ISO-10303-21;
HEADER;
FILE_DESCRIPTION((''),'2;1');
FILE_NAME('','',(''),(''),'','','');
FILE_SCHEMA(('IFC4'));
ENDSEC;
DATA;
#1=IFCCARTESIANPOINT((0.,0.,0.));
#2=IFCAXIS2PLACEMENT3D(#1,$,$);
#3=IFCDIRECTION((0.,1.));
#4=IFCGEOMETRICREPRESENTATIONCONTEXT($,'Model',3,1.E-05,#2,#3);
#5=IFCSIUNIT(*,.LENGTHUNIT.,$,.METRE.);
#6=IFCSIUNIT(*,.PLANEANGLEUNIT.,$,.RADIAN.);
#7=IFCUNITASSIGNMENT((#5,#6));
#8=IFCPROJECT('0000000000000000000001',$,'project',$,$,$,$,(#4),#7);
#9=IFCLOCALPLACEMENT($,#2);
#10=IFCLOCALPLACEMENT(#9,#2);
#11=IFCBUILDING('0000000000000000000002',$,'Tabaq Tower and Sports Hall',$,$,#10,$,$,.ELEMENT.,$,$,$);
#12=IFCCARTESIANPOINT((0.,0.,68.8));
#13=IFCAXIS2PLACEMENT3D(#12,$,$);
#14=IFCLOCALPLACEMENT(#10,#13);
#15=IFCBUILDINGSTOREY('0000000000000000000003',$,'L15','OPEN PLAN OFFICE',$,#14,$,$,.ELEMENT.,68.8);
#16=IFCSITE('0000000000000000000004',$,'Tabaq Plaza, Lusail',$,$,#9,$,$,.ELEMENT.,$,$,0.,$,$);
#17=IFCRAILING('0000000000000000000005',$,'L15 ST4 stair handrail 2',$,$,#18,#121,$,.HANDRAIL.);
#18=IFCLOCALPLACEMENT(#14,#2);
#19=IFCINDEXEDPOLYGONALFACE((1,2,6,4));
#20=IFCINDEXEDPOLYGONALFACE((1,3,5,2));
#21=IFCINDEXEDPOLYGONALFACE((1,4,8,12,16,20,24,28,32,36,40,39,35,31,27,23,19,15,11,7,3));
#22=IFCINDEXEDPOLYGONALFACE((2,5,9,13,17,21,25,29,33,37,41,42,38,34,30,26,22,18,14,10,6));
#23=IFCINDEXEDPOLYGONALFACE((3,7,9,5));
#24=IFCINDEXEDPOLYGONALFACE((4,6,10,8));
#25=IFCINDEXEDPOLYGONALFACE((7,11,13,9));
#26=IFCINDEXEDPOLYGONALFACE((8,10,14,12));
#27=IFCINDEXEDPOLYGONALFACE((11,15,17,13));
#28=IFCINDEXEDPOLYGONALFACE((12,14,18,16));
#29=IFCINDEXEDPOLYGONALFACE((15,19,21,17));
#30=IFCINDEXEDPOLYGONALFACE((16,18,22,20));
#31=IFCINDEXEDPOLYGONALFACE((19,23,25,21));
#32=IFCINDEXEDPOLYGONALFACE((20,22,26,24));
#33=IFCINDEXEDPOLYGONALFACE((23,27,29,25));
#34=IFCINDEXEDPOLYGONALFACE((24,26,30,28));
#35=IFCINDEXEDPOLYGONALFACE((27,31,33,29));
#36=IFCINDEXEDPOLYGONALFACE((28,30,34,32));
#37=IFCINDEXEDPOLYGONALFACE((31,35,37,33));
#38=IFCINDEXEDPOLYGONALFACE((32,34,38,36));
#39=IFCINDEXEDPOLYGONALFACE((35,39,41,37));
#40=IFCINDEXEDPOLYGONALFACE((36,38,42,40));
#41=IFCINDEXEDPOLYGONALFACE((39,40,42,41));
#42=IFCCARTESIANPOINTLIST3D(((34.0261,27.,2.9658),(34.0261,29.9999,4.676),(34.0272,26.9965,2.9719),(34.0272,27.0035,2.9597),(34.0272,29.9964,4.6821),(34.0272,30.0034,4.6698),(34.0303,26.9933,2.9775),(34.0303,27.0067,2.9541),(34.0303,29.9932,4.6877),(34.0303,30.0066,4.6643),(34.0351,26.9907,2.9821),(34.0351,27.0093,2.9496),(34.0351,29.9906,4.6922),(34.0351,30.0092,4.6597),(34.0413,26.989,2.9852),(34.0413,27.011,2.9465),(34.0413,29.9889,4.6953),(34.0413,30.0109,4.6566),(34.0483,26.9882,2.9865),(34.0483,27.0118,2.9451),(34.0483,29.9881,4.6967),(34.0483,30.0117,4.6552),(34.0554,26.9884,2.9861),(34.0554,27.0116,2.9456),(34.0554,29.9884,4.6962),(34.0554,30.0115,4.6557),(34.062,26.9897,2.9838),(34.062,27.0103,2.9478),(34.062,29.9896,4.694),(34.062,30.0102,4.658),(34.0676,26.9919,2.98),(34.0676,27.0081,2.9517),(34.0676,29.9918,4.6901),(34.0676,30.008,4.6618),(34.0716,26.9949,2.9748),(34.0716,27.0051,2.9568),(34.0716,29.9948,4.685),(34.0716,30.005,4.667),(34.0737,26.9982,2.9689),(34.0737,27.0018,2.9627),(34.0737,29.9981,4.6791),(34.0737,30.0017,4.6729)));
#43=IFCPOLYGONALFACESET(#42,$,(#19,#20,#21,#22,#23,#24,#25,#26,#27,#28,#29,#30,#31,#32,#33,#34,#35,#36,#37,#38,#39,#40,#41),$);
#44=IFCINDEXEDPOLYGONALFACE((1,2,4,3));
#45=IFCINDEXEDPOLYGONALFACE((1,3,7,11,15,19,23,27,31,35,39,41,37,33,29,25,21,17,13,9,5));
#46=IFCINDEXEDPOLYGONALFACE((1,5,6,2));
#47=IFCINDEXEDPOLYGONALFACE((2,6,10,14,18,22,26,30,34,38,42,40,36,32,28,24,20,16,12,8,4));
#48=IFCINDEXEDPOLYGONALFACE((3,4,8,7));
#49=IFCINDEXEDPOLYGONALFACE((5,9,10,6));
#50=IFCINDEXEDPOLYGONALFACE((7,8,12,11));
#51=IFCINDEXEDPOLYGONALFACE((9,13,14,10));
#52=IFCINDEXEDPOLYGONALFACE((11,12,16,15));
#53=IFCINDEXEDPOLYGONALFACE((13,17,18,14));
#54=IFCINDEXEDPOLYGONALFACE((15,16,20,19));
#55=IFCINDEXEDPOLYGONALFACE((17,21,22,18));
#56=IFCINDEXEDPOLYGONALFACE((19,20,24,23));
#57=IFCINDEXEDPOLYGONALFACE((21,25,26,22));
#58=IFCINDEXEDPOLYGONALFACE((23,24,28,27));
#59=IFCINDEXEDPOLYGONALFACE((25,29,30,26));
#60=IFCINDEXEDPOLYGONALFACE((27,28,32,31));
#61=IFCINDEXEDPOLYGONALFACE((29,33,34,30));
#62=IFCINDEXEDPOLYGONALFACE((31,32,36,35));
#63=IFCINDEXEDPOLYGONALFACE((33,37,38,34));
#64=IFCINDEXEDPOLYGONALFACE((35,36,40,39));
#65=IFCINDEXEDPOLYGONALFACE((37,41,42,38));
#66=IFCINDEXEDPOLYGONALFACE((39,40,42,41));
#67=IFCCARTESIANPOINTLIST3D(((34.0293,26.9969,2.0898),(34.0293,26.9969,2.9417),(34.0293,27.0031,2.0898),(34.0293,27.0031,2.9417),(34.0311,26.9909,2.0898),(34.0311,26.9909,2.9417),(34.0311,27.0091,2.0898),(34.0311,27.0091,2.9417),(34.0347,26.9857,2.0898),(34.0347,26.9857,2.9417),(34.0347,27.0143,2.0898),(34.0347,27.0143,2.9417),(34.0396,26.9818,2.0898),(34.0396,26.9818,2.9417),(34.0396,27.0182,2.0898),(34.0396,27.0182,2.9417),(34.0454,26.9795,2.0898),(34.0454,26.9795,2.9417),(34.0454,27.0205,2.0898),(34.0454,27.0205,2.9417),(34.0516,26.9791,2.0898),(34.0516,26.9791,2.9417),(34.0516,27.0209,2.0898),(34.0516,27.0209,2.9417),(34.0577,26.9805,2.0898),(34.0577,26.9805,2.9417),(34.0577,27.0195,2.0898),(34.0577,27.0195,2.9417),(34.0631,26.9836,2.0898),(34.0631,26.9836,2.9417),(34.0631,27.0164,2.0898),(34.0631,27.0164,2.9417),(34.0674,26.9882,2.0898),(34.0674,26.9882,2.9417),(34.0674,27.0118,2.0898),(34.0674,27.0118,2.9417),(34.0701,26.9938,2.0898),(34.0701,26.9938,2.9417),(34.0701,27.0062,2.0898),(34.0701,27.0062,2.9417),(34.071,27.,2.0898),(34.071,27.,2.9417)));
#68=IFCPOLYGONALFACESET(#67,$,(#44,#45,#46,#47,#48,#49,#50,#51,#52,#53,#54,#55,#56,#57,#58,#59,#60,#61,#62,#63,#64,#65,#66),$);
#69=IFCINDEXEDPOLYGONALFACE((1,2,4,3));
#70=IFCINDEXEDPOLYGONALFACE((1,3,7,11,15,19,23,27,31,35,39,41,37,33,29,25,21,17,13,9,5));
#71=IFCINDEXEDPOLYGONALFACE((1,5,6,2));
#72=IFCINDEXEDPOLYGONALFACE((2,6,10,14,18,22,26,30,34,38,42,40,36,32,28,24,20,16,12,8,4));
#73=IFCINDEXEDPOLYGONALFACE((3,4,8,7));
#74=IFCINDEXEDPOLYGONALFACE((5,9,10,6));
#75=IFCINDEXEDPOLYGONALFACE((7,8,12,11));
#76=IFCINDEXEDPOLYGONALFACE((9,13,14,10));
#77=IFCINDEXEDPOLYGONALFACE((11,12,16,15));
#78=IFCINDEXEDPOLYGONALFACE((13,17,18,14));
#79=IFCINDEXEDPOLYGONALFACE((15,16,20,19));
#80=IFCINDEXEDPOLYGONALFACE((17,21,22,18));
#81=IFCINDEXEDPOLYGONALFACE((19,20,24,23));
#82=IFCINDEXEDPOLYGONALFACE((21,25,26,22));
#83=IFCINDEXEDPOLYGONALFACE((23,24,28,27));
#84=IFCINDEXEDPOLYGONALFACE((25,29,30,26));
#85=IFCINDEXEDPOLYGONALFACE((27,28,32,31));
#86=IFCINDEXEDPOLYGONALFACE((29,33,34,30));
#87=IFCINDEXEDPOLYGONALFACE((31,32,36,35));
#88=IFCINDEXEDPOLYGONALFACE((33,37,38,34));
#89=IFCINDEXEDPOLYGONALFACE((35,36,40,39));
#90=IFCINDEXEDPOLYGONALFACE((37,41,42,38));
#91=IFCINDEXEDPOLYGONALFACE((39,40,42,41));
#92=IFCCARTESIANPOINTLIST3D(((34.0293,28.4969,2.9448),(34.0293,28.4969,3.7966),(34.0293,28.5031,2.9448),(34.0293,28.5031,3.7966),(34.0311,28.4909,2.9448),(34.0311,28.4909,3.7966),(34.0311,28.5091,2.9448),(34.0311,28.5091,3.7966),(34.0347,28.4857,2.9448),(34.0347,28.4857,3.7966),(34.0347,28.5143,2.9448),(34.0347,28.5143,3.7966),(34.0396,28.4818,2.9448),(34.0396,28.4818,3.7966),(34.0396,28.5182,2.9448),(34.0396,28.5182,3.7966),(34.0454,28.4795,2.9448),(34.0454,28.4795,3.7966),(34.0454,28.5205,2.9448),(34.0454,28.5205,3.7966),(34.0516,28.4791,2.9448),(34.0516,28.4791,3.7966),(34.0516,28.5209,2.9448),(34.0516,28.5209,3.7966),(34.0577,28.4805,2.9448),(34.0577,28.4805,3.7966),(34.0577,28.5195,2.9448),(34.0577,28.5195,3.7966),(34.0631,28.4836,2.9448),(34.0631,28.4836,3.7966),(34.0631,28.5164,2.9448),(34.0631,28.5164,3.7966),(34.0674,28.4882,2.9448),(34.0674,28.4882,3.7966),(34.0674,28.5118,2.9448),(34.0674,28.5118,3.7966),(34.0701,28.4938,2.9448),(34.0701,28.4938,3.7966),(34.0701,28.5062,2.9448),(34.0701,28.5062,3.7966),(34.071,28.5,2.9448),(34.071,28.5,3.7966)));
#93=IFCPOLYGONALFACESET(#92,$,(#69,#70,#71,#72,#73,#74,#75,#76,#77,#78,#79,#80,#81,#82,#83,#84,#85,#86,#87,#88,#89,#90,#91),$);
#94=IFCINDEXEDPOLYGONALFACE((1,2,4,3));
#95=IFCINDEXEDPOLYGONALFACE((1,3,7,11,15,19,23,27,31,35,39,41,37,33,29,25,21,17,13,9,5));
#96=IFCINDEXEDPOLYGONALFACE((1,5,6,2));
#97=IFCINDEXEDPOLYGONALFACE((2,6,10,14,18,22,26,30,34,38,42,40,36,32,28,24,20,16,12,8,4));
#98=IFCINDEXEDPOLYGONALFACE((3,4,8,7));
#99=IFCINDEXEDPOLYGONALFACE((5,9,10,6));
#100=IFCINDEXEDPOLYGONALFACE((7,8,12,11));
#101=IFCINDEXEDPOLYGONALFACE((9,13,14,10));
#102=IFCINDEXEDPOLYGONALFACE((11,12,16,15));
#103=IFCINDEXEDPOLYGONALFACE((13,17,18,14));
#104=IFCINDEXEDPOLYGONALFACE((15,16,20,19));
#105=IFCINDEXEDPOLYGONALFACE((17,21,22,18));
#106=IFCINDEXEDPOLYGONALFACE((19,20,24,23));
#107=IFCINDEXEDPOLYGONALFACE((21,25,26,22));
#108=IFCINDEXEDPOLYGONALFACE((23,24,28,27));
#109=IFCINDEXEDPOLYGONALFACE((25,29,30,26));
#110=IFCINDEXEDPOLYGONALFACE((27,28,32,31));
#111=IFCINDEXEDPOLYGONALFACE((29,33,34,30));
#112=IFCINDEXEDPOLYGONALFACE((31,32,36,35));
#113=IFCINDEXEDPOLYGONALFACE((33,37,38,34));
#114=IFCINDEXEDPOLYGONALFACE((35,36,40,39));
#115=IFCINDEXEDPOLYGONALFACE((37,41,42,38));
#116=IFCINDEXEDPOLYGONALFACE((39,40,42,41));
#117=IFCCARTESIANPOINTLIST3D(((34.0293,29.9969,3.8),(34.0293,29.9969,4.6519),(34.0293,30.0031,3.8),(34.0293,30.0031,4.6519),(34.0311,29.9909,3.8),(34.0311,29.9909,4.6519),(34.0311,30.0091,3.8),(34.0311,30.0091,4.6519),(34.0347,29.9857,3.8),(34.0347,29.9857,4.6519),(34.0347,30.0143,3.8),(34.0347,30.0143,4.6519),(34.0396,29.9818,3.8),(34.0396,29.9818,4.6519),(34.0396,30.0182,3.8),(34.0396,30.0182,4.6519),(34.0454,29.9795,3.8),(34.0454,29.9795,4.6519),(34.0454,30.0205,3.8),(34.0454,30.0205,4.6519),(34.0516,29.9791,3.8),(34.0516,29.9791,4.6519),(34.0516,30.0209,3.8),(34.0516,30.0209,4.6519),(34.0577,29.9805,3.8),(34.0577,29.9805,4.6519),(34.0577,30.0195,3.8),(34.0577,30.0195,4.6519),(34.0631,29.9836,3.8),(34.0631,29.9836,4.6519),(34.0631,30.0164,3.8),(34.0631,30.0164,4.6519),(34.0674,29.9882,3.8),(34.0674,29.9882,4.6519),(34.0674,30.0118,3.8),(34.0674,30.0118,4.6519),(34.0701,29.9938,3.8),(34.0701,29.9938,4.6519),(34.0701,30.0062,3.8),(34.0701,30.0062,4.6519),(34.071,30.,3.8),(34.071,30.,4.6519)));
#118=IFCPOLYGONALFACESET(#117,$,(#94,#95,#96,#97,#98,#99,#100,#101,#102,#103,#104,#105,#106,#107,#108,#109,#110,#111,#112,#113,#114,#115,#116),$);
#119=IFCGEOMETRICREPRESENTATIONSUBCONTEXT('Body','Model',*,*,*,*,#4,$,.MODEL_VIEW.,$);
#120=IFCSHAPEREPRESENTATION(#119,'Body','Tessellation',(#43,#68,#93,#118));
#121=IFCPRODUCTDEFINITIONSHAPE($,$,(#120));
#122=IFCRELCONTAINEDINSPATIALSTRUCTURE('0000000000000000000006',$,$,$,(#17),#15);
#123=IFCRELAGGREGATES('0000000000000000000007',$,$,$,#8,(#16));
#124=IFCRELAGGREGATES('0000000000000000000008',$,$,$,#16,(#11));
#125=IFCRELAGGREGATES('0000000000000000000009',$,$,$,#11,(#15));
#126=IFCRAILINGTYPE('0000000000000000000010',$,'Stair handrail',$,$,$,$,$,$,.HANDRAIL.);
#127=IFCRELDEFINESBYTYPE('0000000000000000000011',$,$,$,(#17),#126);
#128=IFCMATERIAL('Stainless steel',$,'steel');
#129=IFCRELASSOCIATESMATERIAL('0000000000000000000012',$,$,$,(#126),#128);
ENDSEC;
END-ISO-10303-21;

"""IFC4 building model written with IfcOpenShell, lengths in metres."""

from ifc_helpers import new_model, si_unit, direction, frame, origin, origin_2d, place, context, subcontext, project, spatial, circle, extrude, material, type_object, element, save


model = new_model("IFC4")

# Units and contexts
model_context = context("Model", 3, precision=1e-05, world=origin(), true_north=direction((0.0, 1.0)))
body_context = subcontext(model_context, "Body", "Model", "MODEL_VIEW")
ifc_project = project(units=[si_unit("LENGTHUNIT", "METRE"), si_unit("PLANEANGLEUNIT", "RADIAN")], contexts=[model_context])

# Site, building, storey
site_placement = place(None, origin())
site = spatial("IfcSite", under=ifc_project, at=site_placement, Name="Tabaq Plaza, Lusail", CompositionType="ELEMENT", RefElevation=0.0)
building_placement = place(site_placement, origin())
building = spatial("IfcBuilding", under=site, at=building_placement, Name="Tabaq Tower and Sports Hall", CompositionType="ELEMENT")
storey_placement = place(building_placement, frame((0.0, 0.0, 68.8)))
storey = spatial("IfcBuildingStorey", under=building, at=storey_placement, Name="L15", Description="OPEN PLAN OFFICE", CompositionType="ELEMENT", Elevation=68.8)

# Railing
ifc_material_1 = material(Name="Stainless steel", Category="steel")
railing_type_1 = type_object("IfcRailingType", Name="Stair handrail", PredefinedType="HANDRAIL", material=ifc_material_1)
railing_1_placement = place(storey_placement, frame((34.05, 27.0, 2.0898)))
element("IfcRailing", 1, at=railing_1_placement, inside=storey, type_object=railing_type_1, Name="L15 ST4 stair handrail 2", PredefinedType="HANDRAIL", context=body_context, shape_type="SweptSolid", body=[
    extrude(circle(Radius=0.0239, at=origin_2d()), frame((0.0, 0.0, 0.876), z_axis=(0.0, 0.868752, 0.495248), x_axis=(-1.0, 0.0, 0.0)), (0.0, 0.0, 1.0), 3.4531),
    extrude(circle(Radius=0.021, at=origin_2d()), origin(), (0.0, 0.0, 1.0), 0.8518),
    extrude(circle(Radius=0.021, at=origin_2d()), frame((0.0, 1.5, 0.855)), (0.0, 0.0, 1.0), 0.8518),
    extrude(circle(Radius=0.021, at=origin_2d()), frame((0.0, 3.0, 1.7102)), (0.0, 0.0, 1.0), 0.8518),
])

save(model, "model.ifc")
